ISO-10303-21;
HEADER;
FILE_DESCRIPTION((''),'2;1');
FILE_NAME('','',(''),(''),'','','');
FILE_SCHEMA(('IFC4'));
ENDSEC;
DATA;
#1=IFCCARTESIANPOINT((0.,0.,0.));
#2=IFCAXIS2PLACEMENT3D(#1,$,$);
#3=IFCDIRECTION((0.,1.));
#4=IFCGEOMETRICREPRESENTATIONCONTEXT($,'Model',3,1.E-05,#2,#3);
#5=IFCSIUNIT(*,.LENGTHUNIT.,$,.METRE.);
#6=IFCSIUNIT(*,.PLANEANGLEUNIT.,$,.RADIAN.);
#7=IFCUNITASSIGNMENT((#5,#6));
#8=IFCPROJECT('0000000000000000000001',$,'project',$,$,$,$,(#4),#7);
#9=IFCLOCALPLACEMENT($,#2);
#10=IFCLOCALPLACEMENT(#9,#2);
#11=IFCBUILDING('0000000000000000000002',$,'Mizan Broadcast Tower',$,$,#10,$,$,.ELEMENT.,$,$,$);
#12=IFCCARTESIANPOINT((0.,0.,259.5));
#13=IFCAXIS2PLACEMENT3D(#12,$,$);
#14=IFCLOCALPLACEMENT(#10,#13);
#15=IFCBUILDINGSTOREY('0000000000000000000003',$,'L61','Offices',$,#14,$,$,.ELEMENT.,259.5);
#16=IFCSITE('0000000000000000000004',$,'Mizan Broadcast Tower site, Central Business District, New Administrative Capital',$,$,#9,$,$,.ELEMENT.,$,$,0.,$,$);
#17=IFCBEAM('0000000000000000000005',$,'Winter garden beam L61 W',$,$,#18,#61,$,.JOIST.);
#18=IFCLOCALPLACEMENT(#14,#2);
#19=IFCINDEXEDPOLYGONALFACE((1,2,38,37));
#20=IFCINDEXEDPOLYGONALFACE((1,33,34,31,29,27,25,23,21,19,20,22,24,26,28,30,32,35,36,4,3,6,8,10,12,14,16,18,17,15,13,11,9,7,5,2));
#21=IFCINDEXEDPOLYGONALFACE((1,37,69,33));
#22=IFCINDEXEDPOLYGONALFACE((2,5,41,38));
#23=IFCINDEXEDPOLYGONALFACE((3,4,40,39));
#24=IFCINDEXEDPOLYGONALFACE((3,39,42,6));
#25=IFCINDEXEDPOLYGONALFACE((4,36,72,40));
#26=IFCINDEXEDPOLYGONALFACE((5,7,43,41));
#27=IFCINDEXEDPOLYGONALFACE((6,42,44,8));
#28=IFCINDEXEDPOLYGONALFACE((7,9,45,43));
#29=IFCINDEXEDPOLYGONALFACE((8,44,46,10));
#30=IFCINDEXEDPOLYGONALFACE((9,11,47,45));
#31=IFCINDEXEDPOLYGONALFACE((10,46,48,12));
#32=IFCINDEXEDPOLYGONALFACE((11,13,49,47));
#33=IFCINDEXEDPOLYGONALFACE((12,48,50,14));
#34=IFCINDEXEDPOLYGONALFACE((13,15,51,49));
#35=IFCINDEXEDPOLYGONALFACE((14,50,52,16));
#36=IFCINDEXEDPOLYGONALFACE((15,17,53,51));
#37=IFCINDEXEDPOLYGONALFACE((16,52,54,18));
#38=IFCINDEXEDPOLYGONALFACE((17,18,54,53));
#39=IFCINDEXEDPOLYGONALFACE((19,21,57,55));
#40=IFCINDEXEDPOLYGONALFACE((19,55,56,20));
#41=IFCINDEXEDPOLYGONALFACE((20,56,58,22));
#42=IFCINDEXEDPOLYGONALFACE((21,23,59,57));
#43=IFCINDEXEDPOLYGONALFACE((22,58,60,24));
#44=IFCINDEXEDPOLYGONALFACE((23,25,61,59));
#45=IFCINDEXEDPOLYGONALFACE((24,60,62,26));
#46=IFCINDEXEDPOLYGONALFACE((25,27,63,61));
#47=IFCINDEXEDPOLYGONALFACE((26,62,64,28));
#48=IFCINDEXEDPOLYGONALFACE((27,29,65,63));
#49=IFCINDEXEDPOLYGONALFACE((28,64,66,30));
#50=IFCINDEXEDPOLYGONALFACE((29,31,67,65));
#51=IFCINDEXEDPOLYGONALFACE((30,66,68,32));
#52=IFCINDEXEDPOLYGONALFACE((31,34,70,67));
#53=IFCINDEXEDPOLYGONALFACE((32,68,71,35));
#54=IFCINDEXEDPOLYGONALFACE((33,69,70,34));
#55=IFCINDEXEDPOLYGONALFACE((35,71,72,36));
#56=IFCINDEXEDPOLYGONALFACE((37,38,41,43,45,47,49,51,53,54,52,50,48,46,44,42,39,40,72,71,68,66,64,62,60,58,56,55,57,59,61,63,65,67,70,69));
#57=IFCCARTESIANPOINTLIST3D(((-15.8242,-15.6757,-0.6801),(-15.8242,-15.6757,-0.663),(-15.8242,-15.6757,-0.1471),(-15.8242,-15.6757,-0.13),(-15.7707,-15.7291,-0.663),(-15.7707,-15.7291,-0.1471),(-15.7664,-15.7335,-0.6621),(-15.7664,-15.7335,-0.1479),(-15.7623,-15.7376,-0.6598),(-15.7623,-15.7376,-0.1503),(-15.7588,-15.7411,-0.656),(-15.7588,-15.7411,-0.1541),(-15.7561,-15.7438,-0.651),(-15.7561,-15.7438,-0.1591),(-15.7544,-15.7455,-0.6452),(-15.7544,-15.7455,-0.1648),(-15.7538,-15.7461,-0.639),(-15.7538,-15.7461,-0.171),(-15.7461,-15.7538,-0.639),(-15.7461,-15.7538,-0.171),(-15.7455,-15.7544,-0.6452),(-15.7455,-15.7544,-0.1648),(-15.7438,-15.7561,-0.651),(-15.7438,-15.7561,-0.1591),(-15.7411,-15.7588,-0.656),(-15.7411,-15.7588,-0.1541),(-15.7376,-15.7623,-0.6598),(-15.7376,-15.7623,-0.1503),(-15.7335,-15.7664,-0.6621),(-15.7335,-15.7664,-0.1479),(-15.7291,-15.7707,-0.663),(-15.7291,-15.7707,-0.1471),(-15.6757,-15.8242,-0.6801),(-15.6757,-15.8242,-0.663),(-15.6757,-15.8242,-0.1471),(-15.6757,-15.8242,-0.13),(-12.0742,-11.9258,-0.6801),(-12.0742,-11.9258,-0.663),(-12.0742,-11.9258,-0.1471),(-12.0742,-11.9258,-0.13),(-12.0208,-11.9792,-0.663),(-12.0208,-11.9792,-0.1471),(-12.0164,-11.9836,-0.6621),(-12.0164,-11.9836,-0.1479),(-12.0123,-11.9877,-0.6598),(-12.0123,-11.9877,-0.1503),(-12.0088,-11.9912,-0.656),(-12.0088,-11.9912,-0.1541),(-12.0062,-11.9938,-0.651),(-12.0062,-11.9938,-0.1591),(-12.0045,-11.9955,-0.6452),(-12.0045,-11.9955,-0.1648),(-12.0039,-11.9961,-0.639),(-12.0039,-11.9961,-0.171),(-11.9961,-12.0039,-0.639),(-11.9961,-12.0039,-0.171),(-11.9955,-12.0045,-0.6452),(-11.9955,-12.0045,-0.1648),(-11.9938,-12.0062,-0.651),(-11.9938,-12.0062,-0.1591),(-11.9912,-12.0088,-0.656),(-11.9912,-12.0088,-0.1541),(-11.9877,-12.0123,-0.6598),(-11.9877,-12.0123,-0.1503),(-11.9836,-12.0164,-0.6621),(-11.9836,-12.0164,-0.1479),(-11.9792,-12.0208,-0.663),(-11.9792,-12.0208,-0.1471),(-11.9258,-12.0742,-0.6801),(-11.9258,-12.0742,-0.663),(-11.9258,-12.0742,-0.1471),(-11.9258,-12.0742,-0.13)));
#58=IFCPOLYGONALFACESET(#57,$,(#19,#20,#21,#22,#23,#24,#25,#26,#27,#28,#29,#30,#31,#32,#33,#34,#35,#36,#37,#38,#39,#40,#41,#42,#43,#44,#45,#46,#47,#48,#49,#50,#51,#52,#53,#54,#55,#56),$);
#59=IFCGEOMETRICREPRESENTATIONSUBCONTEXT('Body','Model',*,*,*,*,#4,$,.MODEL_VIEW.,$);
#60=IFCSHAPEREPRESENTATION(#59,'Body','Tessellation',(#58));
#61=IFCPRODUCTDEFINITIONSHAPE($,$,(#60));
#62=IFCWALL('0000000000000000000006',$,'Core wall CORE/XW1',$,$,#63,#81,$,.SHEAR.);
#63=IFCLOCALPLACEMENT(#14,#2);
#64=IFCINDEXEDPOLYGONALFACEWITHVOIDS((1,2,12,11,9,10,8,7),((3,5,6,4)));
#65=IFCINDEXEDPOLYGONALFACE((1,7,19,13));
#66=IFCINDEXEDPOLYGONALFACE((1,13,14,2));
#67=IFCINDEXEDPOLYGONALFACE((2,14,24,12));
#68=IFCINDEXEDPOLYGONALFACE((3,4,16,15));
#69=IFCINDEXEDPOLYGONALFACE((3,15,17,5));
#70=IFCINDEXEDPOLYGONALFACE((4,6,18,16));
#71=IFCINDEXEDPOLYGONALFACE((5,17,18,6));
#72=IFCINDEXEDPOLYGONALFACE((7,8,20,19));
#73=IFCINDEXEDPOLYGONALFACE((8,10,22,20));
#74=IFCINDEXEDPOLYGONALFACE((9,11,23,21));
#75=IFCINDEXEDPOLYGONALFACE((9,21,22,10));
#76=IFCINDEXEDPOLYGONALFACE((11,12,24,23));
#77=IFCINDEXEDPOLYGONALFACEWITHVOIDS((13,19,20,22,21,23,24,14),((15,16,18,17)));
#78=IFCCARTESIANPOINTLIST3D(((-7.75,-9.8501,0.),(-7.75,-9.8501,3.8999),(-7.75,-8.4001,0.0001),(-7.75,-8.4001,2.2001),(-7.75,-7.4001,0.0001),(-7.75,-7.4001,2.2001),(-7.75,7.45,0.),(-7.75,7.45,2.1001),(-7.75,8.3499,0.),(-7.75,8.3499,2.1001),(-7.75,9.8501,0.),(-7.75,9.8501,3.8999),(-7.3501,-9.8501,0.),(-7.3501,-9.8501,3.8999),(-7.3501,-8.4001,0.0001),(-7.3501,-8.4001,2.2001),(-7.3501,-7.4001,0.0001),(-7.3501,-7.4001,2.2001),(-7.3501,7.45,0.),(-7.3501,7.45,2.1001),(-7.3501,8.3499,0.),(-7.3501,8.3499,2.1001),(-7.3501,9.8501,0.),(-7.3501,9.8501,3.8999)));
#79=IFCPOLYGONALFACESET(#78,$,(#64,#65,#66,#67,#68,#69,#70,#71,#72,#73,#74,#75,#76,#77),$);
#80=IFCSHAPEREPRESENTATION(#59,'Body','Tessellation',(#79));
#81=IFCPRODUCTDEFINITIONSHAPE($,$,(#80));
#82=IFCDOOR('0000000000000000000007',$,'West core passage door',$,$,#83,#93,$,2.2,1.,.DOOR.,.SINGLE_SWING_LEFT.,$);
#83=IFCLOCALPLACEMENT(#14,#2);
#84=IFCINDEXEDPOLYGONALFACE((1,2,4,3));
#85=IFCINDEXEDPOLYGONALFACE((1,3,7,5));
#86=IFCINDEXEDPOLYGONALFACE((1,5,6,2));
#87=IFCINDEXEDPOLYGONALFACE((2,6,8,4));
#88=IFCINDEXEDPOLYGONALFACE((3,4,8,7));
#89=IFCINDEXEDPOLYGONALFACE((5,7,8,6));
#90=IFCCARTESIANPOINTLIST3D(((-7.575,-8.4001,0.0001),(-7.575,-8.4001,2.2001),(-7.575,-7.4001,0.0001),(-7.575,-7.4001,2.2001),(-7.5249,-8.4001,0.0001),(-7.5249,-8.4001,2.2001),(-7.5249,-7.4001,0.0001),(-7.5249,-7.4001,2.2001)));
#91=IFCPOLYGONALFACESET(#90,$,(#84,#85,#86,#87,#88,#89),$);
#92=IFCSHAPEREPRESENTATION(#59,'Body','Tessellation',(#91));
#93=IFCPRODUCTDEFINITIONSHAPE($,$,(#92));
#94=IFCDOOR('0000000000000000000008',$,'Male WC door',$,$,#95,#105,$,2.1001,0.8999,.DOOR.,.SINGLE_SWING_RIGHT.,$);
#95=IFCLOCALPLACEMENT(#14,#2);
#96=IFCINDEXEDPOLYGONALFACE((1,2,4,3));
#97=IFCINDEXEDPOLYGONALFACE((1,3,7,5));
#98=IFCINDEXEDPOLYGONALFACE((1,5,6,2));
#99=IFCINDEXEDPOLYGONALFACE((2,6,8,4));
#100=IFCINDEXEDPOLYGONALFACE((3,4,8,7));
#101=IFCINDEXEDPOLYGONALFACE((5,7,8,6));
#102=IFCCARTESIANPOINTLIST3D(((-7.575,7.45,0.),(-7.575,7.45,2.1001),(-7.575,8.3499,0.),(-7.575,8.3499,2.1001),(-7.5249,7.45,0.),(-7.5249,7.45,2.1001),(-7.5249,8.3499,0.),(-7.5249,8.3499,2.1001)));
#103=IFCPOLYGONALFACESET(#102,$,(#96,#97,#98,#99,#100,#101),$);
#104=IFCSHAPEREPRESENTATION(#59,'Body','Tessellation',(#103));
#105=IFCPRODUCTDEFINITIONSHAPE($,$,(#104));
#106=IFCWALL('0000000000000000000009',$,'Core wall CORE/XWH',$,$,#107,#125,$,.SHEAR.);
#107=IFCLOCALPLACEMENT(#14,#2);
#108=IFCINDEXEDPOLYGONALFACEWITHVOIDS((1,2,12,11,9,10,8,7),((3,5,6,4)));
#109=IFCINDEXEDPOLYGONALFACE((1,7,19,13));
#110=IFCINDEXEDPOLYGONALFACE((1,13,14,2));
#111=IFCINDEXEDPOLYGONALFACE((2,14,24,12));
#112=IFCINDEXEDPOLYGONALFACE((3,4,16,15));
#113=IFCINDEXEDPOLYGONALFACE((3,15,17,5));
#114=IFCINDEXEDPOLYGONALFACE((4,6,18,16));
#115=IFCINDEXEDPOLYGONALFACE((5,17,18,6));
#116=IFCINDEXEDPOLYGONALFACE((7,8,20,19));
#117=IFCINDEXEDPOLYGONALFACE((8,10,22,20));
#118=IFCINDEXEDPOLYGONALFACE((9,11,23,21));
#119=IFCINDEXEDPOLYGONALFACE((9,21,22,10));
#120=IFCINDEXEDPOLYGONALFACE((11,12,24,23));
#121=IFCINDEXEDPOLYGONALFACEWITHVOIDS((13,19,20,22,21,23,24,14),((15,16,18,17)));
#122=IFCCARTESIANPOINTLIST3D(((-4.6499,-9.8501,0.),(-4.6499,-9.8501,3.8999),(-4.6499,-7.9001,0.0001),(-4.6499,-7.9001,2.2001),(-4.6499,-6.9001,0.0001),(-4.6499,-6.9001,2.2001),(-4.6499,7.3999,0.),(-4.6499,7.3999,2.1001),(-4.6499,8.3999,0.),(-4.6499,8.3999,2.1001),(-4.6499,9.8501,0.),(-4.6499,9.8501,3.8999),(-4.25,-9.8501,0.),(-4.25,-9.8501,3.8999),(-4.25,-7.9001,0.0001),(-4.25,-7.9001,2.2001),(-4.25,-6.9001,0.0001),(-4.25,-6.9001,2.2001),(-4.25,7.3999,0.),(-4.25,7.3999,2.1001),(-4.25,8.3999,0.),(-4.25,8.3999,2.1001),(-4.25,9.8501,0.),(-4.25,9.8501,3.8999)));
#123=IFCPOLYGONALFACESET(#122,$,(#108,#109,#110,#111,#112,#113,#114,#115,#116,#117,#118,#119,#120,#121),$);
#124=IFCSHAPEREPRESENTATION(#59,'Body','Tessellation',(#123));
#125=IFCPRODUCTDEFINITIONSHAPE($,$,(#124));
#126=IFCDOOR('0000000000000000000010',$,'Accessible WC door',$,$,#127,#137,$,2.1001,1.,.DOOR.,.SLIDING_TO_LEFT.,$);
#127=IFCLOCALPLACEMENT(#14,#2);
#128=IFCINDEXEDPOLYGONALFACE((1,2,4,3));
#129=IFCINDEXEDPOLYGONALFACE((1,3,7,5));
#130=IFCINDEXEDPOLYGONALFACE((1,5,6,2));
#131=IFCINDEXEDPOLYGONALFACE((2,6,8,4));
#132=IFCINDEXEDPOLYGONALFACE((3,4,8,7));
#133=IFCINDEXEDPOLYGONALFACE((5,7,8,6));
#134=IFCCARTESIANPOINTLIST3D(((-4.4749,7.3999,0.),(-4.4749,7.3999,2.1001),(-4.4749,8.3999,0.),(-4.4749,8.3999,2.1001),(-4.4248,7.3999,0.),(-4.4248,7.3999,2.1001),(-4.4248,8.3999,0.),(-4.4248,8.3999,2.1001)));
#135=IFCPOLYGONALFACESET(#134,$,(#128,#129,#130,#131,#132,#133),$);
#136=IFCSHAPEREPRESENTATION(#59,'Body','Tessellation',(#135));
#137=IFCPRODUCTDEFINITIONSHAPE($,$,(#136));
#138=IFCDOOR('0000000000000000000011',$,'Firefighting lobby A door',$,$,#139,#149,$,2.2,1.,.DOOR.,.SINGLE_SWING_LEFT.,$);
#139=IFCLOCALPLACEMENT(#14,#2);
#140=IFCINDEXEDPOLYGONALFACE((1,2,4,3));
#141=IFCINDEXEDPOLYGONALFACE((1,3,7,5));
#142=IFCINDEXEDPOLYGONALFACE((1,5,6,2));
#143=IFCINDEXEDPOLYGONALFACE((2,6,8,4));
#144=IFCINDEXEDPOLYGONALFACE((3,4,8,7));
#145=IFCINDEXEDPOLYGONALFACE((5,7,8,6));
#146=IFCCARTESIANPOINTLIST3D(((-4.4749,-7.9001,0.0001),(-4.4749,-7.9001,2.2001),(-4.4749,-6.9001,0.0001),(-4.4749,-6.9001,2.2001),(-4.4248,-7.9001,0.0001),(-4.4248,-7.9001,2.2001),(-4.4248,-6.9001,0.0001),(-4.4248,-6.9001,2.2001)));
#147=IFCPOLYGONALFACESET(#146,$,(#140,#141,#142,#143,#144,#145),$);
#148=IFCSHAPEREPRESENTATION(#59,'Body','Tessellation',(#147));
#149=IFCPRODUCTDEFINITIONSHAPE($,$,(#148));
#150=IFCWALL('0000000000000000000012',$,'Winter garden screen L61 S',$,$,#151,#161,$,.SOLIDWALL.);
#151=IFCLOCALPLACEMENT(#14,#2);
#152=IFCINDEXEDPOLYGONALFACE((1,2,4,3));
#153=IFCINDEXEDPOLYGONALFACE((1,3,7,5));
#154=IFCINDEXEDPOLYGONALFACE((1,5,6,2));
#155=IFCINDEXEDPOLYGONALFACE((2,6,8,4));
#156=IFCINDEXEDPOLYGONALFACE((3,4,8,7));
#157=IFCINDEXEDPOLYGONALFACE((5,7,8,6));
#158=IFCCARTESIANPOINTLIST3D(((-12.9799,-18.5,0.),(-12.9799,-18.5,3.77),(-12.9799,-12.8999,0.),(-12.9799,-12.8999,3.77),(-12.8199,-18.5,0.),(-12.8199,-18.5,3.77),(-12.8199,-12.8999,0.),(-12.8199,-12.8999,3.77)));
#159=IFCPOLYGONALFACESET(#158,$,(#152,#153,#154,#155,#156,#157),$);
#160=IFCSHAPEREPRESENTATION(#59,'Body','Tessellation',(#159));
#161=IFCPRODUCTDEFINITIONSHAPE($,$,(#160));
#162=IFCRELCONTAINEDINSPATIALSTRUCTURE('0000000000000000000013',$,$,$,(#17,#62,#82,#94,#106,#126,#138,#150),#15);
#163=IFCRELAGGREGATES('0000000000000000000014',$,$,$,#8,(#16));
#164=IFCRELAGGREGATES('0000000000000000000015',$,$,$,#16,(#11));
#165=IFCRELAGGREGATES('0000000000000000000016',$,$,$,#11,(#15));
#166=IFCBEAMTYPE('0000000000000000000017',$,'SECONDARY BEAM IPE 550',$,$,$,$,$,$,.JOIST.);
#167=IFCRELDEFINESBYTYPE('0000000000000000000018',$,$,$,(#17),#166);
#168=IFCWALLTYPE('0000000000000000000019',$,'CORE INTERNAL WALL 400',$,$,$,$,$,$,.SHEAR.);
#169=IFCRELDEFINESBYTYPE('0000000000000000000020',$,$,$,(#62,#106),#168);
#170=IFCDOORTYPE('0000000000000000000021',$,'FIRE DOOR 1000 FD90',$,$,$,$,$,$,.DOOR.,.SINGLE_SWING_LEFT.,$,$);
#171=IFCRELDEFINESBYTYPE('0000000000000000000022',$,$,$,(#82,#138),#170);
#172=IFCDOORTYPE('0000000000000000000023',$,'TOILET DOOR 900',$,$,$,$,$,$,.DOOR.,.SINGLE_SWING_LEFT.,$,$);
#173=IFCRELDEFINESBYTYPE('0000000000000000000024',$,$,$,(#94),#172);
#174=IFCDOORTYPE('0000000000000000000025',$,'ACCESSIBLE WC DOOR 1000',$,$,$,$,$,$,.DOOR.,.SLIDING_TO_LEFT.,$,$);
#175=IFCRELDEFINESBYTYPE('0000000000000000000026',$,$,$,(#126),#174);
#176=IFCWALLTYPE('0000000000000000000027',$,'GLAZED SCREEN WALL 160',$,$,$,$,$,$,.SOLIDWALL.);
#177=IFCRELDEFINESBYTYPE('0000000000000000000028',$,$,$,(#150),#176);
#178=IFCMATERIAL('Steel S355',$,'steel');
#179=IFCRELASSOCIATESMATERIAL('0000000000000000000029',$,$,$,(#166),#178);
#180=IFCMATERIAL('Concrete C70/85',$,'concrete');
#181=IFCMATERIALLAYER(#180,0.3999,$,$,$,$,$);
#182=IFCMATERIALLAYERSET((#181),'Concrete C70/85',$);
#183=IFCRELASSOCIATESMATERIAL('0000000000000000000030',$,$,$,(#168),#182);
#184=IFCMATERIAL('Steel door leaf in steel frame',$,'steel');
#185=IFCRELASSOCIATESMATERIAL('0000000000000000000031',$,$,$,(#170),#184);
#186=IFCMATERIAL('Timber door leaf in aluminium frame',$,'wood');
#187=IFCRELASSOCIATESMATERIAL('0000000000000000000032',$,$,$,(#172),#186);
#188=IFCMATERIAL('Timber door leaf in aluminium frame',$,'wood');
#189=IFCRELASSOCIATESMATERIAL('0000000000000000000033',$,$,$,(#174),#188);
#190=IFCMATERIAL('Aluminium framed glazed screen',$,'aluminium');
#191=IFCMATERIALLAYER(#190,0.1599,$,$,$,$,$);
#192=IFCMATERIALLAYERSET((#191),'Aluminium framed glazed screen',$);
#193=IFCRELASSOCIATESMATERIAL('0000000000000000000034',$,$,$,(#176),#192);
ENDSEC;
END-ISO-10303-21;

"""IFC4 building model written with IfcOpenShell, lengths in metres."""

from ifc_helpers import new_model, si_unit, direction, frame, frame_2d, origin, origin_2d, place, context, subcontext, project, spatial, rectangle, i_section, extrude, material, layer, layer_set, material_profile, profile_set, type_object, element, fill, save


model = new_model("IFC4")

# Units and contexts
model_context = context("Model", 3, precision=1e-05, world=origin(), true_north=direction((0.0, 1.0)))
body_context = subcontext(model_context, "Body", "Model", "MODEL_VIEW")
ifc_project = project(units=[si_unit("LENGTHUNIT", "METRE"), si_unit("PLANEANGLEUNIT", "RADIAN")], contexts=[model_context])

# Site, building, storey
site_placement = place(None, origin())
site = spatial("IfcSite", under=ifc_project, at=site_placement, Name="Mizan Broadcast Tower site, Central Business District, New Administrative Capital", CompositionType="ELEMENT", RefElevation=0.0)
building_placement = place(site_placement, origin())
building = spatial("IfcBuilding", under=site, at=building_placement, Name="Mizan Broadcast Tower", CompositionType="ELEMENT")
storey_placement = place(building_placement, frame((0.0, 0.0, 259.5)))
storey = spatial("IfcBuildingStorey", under=building, at=storey_placement, Name="L61", Description="Offices", CompositionType="ELEMENT", Elevation=259.5)

# Beam
ifc_material_1 = material(Name="Steel S355", Category="steel")
ifc_material_profile_1 = material_profile(ifc_material_1, i_section(OverallWidth=0.21, OverallDepth=0.55, WebThickness=0.011, FlangeThickness=0.0171, FilletRadius=0.0239, at=origin_2d()), Name="IPE 550")
ifc_profile_set_1 = profile_set([ifc_material_profile_1], Name="Steel S355")
beam_type_1 = type_object("IfcBeamType", Name="SECONDARY BEAM IPE 550", PredefinedType="JOIST", material=ifc_profile_set_1)
beam_1_placement = place(storey_placement, frame((-12.0, -12.0, -0.405), z_axis=(-0.707107, -0.707107, 0.0), x_axis=(0.707107, -0.707107, 0.0)))
element("IfcBeam", 1, at=beam_1_placement, inside=storey, type_object=beam_type_1, Name="Winter garden beam L61 W", PredefinedType="JOIST", context=body_context, shape_type="SweptSolid", body=[
    extrude(i_section(OverallWidth=0.21, OverallDepth=0.55, WebThickness=0.011, FlangeThickness=0.0171, FilletRadius=0.0239, at=origin_2d()), origin(), (0.0, 0.0, 1.0), 5.3032),
])

# Walls, openings, doors
ifc_material_2 = material(Name="Concrete C70/85", Category="concrete")
ifc_layer_1 = layer(ifc_material_2, 0.3999)
ifc_layer_set_1 = layer_set([ifc_layer_1], Name="Concrete C70/85")
wall_type_1 = type_object("IfcWallType", Name="CORE INTERNAL WALL 400", PredefinedType="SHEAR", material=ifc_layer_set_1)
wall_1_placement = place(storey_placement, frame((-7.55, -9.8501, 0.0), z_axis=(0.0, 0.0, 1.0), x_axis=(0.0, 1.0, 0.0)))
wall_1 = element("IfcWall", 2, at=wall_1_placement, inside=storey, type_object=wall_type_1, Name="Core wall CORE/XW1", PredefinedType="SHEAR", context=body_context, shape_type="SweptSolid", body=[
    extrude(rectangle(XDim=19.7002, YDim=0.3999, at=frame_2d((9.8501, 0.0))), origin(), (0.0, 0.0, 1.0), 3.8999),
])
opening_1_placement = place(wall_1_placement, frame((1.45, 0.0, 0.0)))
opening_1 = element("IfcOpeningElement", 3, at=opening_1_placement, cuts=wall_1, PredefinedType="OPENING", context=body_context, shape_type="SweptSolid", body=[
    extrude(rectangle(XDim=1.0, YDim=2.2, at=frame_2d((0.5, 1.1001))), frame((0.0, 0.21, 0.0), z_axis=(0.0, -1.0, 0.0), x_axis=(1.0, 0.0, 0.0)), (0.0, 0.0, 1.0), 0.4199),
])
opening_2_placement = place(wall_1_placement, frame((17.3, 0.0, 0.0)))
opening_2 = element("IfcOpeningElement", 4, at=opening_2_placement, cuts=wall_1, PredefinedType="OPENING", context=body_context, shape_type="SweptSolid", body=[
    extrude(rectangle(XDim=0.8999, YDim=2.1001, at=frame_2d((0.45, 1.05))), frame((0.0, 0.21, 0.0), z_axis=(0.0, -1.0, 0.0), x_axis=(1.0, 0.0, 0.0)), (0.0, 0.0, 1.0), 0.4199),
])
ifc_material_3 = material(Name="Steel door leaf in steel frame", Category="steel")
door_type_1 = type_object("IfcDoorType", Name="FIRE DOOR 1000 FD90", OperationType="SINGLE_SWING_LEFT", PredefinedType="DOOR", material=ifc_material_3)
door_1_placement = place(opening_1_placement, origin())
door_1 = element("IfcDoor", 5, at=door_1_placement, inside=storey, type_object=door_type_1, Name="West core passage door", OperationType="SINGLE_SWING_LEFT", OverallHeight=2.2, OverallWidth=1.0, PredefinedType="DOOR", context=body_context, shape_type="SweptSolid", body=[
    extrude(rectangle(XDim=1.0, YDim=2.2, at=frame_2d((0.5, 1.1001))), frame((0.0, 0.0249, 0.0), z_axis=(0.0, -1.0, 0.0), x_axis=(1.0, 0.0, 0.0)), (0.0, 0.0, 1.0), 0.05),
])
fill(opening_1, door_1)
ifc_material_4 = material(Name="Timber door leaf in aluminium frame", Category="wood")
door_type_2 = type_object("IfcDoorType", Name="TOILET DOOR 900", OperationType="SINGLE_SWING_LEFT", PredefinedType="DOOR", material=ifc_material_4)
door_2_placement = place(opening_2_placement, origin())
door_2 = element("IfcDoor", 6, at=door_2_placement, inside=storey, type_object=door_type_2, Name="Male WC door", OperationType="SINGLE_SWING_RIGHT", OverallHeight=2.1001, OverallWidth=0.8999, PredefinedType="DOOR", context=body_context, shape_type="SweptSolid", body=[
    extrude(rectangle(XDim=0.8999, YDim=2.1001, at=frame_2d((0.45, 1.05))), frame((0.0, 0.0249, 0.0), z_axis=(0.0, -1.0, 0.0), x_axis=(1.0, 0.0, 0.0)), (0.0, 0.0, 1.0), 0.05),
])
fill(opening_2, door_2)
wall_2_placement = place(storey_placement, frame((-4.45, -9.8501, 0.0), z_axis=(0.0, 0.0, 1.0), x_axis=(0.0, 1.0, 0.0)))
wall_2 = element("IfcWall", 7, at=wall_2_placement, inside=storey, type_object=wall_type_1, Name="Core wall CORE/XWH", PredefinedType="SHEAR", context=body_context, shape_type="SweptSolid", body=[
    extrude(rectangle(XDim=19.7002, YDim=0.3999, at=frame_2d((9.8501, 0.0))), origin(), (0.0, 0.0, 1.0), 3.8999),
])
opening_3_placement = place(wall_2_placement, frame((1.95, 0.0, 0.0)))
opening_3 = element("IfcOpeningElement", 8, at=opening_3_placement, cuts=wall_2, PredefinedType="OPENING", context=body_context, shape_type="SweptSolid", body=[
    extrude(rectangle(XDim=1.0, YDim=2.2, at=frame_2d((0.5, 1.1001))), frame((0.0, 0.21, 0.0), z_axis=(0.0, -1.0, 0.0), x_axis=(1.0, 0.0, 0.0)), (0.0, 0.0, 1.0), 0.4199),
])
opening_4_placement = place(wall_2_placement, frame((17.25, 0.0, 0.0)))
opening_4 = element("IfcOpeningElement", 9, at=opening_4_placement, cuts=wall_2, PredefinedType="OPENING", context=body_context, shape_type="SweptSolid", body=[
    extrude(rectangle(XDim=1.0, YDim=2.1001, at=frame_2d((0.5, 1.05))), frame((0.0, 0.21, 0.0), z_axis=(0.0, -1.0, 0.0), x_axis=(1.0, 0.0, 0.0)), (0.0, 0.0, 1.0), 0.4199),
])
ifc_material_5 = material(Name="Timber door leaf in aluminium frame", Category="wood")
door_type_3 = type_object("IfcDoorType", Name="ACCESSIBLE WC DOOR 1000", OperationType="SLIDING_TO_LEFT", PredefinedType="DOOR", material=ifc_material_5)
door_3_placement = place(opening_4_placement, origin())
door_3 = element("IfcDoor", 10, at=door_3_placement, inside=storey, type_object=door_type_3, Name="Accessible WC door", OperationType="SLIDING_TO_LEFT", OverallHeight=2.1001, OverallWidth=1.0, PredefinedType="DOOR", context=body_context, shape_type="SweptSolid", body=[
    extrude(rectangle(XDim=1.0, YDim=2.1001, at=frame_2d((0.5, 1.05))), frame((0.0, 0.0249, 0.0), z_axis=(0.0, -1.0, 0.0), x_axis=(1.0, 0.0, 0.0)), (0.0, 0.0, 1.0), 0.05),
])
fill(opening_4, door_3)
door_4_placement = place(opening_3_placement, origin())
door_4 = element("IfcDoor", 11, at=door_4_placement, inside=storey, type_object=door_type_1, Name="Firefighting lobby A door", OperationType="SINGLE_SWING_LEFT", OverallHeight=2.2, OverallWidth=1.0, PredefinedType="DOOR", context=body_context, shape_type="SweptSolid", body=[
    extrude(rectangle(XDim=1.0, YDim=2.2, at=frame_2d((0.5, 1.1001))), frame((0.0, 0.0249, 0.0), z_axis=(0.0, -1.0, 0.0), x_axis=(1.0, 0.0, 0.0)), (0.0, 0.0, 1.0), 0.05),
])
fill(opening_3, door_4)

# Wall
ifc_material_6 = material(Name="Aluminium framed glazed screen", Category="aluminium")
ifc_layer_2 = layer(ifc_material_6, 0.1599)
ifc_layer_set_2 = layer_set([ifc_layer_2], Name="Aluminium framed glazed screen")
wall_type_2 = type_object("IfcWallType", Name="GLAZED SCREEN WALL 160", PredefinedType="SOLIDWALL", material=ifc_layer_set_2)
wall_3_placement = place(storey_placement, frame((-12.8999, -12.8999, 0.0), z_axis=(0.0, 0.0, 1.0), x_axis=(0.0, -1.0, 0.0)))
element("IfcWall", 12, at=wall_3_placement, inside=storey, type_object=wall_type_2, Name="Winter garden screen L61 S", PredefinedType="SOLIDWALL", context=body_context, shape_type="SweptSolid", body=[
    extrude(rectangle(XDim=5.6001, YDim=0.1599, at=frame_2d((2.8, 0.0))), origin(), (0.0, 0.0, 1.0), 3.77),
])

save(model, "model.ifc")
